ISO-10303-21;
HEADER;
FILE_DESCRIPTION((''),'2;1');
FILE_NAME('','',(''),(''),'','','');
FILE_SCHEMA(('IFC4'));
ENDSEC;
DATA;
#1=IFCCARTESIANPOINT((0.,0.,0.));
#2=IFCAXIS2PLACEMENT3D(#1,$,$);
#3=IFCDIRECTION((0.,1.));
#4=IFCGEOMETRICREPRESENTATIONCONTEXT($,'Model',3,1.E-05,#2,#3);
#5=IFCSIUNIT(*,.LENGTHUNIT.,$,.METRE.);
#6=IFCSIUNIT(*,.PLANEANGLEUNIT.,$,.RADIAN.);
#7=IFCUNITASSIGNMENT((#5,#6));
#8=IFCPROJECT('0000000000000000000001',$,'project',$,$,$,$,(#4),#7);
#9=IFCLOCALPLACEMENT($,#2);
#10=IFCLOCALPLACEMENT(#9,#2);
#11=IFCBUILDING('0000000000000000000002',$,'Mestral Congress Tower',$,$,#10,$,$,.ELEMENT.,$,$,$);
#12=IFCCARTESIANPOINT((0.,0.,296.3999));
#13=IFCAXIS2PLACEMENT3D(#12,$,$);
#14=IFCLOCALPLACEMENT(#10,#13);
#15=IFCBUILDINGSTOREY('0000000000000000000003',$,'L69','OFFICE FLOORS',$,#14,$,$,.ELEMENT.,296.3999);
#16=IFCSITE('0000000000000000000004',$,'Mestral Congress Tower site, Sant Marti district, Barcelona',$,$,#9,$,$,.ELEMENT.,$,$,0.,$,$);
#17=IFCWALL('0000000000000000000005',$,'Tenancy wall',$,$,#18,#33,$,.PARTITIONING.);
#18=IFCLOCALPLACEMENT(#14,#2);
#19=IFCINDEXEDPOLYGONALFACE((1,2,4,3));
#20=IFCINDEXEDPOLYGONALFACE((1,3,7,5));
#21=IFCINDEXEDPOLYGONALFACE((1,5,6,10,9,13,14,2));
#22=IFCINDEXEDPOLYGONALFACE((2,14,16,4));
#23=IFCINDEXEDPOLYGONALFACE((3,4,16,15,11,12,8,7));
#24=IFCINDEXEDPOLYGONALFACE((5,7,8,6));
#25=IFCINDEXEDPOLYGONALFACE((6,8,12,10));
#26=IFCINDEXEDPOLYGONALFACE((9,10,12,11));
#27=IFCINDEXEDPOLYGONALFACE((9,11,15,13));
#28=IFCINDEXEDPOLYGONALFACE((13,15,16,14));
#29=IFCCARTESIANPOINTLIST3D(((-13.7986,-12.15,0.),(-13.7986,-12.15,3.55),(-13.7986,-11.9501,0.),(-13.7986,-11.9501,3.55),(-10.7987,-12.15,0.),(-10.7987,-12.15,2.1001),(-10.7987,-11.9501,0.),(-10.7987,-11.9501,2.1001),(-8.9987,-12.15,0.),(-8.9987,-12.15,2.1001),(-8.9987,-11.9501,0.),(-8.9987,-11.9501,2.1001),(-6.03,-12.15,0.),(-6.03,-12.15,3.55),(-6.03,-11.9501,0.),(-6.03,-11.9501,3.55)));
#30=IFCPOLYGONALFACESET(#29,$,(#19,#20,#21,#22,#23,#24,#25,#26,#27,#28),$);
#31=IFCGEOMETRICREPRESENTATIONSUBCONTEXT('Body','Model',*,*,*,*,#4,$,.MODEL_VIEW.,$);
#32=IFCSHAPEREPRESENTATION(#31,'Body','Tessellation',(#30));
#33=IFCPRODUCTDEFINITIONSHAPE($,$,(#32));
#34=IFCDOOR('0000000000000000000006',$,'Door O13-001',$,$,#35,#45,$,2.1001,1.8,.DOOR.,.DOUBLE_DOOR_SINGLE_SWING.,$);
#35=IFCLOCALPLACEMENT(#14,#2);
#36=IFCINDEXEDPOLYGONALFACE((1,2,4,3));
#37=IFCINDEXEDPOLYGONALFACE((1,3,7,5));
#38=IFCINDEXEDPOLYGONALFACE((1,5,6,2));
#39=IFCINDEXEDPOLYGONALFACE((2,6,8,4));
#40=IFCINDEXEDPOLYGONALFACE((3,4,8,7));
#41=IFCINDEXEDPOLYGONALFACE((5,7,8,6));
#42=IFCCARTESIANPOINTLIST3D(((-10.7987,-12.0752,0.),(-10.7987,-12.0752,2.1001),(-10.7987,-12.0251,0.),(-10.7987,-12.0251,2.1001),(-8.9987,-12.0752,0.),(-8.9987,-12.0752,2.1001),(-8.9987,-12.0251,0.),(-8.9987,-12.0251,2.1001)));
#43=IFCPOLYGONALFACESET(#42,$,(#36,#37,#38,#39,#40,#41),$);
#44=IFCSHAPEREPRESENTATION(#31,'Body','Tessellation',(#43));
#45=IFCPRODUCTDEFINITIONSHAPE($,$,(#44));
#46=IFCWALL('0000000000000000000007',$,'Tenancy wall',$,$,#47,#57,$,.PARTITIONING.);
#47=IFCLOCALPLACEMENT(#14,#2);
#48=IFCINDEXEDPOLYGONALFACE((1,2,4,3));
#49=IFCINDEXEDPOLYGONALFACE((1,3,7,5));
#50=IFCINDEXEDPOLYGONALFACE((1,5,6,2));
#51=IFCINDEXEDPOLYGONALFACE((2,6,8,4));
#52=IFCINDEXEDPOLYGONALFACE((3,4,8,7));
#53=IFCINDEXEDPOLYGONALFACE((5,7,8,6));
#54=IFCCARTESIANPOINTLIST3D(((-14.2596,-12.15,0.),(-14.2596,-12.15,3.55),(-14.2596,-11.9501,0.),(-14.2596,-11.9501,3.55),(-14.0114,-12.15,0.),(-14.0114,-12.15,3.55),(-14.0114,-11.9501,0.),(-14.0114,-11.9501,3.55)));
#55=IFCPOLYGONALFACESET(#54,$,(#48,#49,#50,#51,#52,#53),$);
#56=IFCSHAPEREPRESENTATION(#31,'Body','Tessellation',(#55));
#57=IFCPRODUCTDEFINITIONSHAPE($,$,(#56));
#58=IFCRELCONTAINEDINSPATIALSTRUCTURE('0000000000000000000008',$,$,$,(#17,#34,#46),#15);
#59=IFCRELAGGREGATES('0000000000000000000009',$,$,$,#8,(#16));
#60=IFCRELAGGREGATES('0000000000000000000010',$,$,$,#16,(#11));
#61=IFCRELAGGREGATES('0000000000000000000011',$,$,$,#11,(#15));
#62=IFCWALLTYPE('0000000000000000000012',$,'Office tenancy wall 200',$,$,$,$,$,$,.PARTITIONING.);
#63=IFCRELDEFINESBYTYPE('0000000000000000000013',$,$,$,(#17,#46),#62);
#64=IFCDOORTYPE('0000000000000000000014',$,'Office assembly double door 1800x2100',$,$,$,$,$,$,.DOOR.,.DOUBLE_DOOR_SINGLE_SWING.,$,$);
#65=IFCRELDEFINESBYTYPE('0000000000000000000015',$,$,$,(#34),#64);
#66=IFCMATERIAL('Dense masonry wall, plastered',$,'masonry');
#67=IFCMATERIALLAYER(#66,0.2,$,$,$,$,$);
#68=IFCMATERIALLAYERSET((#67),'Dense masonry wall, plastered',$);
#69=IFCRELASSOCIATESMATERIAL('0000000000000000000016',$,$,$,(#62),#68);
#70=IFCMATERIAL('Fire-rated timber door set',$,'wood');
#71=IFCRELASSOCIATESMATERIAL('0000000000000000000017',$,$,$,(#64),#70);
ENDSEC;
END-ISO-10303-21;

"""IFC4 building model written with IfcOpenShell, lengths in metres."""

from ifc_helpers import new_model, si_unit, direction, frame, frame_2d, origin, place, context, subcontext, project, spatial, rectangle, extrude, material, layer, layer_set, type_object, element, fill, save


model = new_model("IFC4")

# Units and contexts
model_context = context("Model", 3, precision=1e-05, world=origin(), true_north=direction((0.0, 1.0)))
body_context = subcontext(model_context, "Body", "Model", "MODEL_VIEW")
ifc_project = project(units=[si_unit("LENGTHUNIT", "METRE"), si_unit("PLANEANGLEUNIT", "RADIAN")], contexts=[model_context])

# Site, building, storey
site_placement = place(None, origin())
site = spatial("IfcSite", under=ifc_project, at=site_placement, Name="Mestral Congress Tower site, Sant Marti district, Barcelona", CompositionType="ELEMENT", RefElevation=0.0)
building_placement = place(site_placement, origin())
building = spatial("IfcBuilding", under=site, at=building_placement, Name="Mestral Congress Tower", CompositionType="ELEMENT")
storey_placement = place(building_placement, frame((0.0, 0.0, 296.3999)))
storey = spatial("IfcBuildingStorey", under=building, at=storey_placement, Name="L69", Description="OFFICE FLOORS", CompositionType="ELEMENT", Elevation=296.3999)

# Shared definitions
ifc_material_1 = material(Name="Dense masonry wall, plastered", Category="masonry")
ifc_layer_1 = layer(ifc_material_1, 0.2)
ifc_layer_set_1 = layer_set([ifc_layer_1], Name="Dense masonry wall, plastered")
wall_type_1 = type_object("IfcWallType", Name="Office tenancy wall 200", PredefinedType="PARTITIONING", material=ifc_layer_set_1)

# Wall, opening, door
wall_1_placement = place(storey_placement, frame((-13.7986, -12.05, 0.0), z_axis=(0.0, 0.0, 1.0), x_axis=(1.0, 0.0, 0.0)))
wall_1 = element("IfcWall", 1, at=wall_1_placement, inside=storey, type_object=wall_type_1, Name="Tenancy wall", PredefinedType="PARTITIONING", context=body_context, shape_type="SweptSolid", body=[
    extrude(rectangle(XDim=7.7686, YDim=0.2, at=frame_2d((3.8843, 0.0))), origin(), (0.0, 0.0, 1.0), 3.55),
])
opening_1_placement = place(wall_1_placement, frame((3.0, 0.0, 0.0)))
opening_1 = element("IfcOpeningElement", 2, at=opening_1_placement, cuts=wall_1, PredefinedType="OPENING", context=body_context, shape_type="SweptSolid", body=[
    extrude(rectangle(XDim=1.8, YDim=2.1001, at=frame_2d((0.8999, 1.05))), frame((0.0, 0.1099, 0.0), z_axis=(0.0, -1.0, 0.0), x_axis=(1.0, 0.0, 0.0)), (0.0, 0.0, 1.0), 0.22),
])
ifc_material_2 = material(Name="Fire-rated timber door set", Category="wood")
door_type = type_object("IfcDoorType", Name="Office assembly double door 1800x2100", OperationType="DOUBLE_DOOR_SINGLE_SWING", PredefinedType="DOOR", material=ifc_material_2)
door_placement = place(opening_1_placement, origin())
door = element("IfcDoor", 3, at=door_placement, inside=storey, type_object=door_type, Name="Door O13-001", OperationType="DOUBLE_DOOR_SINGLE_SWING", OverallHeight=2.1001, OverallWidth=1.8, PredefinedType="DOOR", context=body_context, shape_type="SweptSolid", body=[
    extrude(rectangle(XDim=1.8, YDim=2.1001, at=frame_2d((0.8999, 1.05))), frame((0.0, 0.0249, 0.0), z_axis=(0.0, -1.0, 0.0), x_axis=(1.0, 0.0, 0.0)), (0.0, 0.0, 1.0), 0.05),
])
fill(opening_1, door)

# Wall
wall_2_placement = place(storey_placement, frame((-14.2595, -12.05, 0.0), z_axis=(0.0, 0.0, 1.0), x_axis=(1.0, 0.0, 0.0)))
element("IfcWall", 4, at=wall_2_placement, inside=storey, type_object=wall_type_1, Name="Tenancy wall", PredefinedType="PARTITIONING", context=body_context, shape_type="SweptSolid", body=[
    extrude(rectangle(XDim=0.2483, YDim=0.2, at=frame_2d((0.124, 0.0))), origin(), (0.0, 0.0, 1.0), 3.55),
])

save(model, "model.ifc")
